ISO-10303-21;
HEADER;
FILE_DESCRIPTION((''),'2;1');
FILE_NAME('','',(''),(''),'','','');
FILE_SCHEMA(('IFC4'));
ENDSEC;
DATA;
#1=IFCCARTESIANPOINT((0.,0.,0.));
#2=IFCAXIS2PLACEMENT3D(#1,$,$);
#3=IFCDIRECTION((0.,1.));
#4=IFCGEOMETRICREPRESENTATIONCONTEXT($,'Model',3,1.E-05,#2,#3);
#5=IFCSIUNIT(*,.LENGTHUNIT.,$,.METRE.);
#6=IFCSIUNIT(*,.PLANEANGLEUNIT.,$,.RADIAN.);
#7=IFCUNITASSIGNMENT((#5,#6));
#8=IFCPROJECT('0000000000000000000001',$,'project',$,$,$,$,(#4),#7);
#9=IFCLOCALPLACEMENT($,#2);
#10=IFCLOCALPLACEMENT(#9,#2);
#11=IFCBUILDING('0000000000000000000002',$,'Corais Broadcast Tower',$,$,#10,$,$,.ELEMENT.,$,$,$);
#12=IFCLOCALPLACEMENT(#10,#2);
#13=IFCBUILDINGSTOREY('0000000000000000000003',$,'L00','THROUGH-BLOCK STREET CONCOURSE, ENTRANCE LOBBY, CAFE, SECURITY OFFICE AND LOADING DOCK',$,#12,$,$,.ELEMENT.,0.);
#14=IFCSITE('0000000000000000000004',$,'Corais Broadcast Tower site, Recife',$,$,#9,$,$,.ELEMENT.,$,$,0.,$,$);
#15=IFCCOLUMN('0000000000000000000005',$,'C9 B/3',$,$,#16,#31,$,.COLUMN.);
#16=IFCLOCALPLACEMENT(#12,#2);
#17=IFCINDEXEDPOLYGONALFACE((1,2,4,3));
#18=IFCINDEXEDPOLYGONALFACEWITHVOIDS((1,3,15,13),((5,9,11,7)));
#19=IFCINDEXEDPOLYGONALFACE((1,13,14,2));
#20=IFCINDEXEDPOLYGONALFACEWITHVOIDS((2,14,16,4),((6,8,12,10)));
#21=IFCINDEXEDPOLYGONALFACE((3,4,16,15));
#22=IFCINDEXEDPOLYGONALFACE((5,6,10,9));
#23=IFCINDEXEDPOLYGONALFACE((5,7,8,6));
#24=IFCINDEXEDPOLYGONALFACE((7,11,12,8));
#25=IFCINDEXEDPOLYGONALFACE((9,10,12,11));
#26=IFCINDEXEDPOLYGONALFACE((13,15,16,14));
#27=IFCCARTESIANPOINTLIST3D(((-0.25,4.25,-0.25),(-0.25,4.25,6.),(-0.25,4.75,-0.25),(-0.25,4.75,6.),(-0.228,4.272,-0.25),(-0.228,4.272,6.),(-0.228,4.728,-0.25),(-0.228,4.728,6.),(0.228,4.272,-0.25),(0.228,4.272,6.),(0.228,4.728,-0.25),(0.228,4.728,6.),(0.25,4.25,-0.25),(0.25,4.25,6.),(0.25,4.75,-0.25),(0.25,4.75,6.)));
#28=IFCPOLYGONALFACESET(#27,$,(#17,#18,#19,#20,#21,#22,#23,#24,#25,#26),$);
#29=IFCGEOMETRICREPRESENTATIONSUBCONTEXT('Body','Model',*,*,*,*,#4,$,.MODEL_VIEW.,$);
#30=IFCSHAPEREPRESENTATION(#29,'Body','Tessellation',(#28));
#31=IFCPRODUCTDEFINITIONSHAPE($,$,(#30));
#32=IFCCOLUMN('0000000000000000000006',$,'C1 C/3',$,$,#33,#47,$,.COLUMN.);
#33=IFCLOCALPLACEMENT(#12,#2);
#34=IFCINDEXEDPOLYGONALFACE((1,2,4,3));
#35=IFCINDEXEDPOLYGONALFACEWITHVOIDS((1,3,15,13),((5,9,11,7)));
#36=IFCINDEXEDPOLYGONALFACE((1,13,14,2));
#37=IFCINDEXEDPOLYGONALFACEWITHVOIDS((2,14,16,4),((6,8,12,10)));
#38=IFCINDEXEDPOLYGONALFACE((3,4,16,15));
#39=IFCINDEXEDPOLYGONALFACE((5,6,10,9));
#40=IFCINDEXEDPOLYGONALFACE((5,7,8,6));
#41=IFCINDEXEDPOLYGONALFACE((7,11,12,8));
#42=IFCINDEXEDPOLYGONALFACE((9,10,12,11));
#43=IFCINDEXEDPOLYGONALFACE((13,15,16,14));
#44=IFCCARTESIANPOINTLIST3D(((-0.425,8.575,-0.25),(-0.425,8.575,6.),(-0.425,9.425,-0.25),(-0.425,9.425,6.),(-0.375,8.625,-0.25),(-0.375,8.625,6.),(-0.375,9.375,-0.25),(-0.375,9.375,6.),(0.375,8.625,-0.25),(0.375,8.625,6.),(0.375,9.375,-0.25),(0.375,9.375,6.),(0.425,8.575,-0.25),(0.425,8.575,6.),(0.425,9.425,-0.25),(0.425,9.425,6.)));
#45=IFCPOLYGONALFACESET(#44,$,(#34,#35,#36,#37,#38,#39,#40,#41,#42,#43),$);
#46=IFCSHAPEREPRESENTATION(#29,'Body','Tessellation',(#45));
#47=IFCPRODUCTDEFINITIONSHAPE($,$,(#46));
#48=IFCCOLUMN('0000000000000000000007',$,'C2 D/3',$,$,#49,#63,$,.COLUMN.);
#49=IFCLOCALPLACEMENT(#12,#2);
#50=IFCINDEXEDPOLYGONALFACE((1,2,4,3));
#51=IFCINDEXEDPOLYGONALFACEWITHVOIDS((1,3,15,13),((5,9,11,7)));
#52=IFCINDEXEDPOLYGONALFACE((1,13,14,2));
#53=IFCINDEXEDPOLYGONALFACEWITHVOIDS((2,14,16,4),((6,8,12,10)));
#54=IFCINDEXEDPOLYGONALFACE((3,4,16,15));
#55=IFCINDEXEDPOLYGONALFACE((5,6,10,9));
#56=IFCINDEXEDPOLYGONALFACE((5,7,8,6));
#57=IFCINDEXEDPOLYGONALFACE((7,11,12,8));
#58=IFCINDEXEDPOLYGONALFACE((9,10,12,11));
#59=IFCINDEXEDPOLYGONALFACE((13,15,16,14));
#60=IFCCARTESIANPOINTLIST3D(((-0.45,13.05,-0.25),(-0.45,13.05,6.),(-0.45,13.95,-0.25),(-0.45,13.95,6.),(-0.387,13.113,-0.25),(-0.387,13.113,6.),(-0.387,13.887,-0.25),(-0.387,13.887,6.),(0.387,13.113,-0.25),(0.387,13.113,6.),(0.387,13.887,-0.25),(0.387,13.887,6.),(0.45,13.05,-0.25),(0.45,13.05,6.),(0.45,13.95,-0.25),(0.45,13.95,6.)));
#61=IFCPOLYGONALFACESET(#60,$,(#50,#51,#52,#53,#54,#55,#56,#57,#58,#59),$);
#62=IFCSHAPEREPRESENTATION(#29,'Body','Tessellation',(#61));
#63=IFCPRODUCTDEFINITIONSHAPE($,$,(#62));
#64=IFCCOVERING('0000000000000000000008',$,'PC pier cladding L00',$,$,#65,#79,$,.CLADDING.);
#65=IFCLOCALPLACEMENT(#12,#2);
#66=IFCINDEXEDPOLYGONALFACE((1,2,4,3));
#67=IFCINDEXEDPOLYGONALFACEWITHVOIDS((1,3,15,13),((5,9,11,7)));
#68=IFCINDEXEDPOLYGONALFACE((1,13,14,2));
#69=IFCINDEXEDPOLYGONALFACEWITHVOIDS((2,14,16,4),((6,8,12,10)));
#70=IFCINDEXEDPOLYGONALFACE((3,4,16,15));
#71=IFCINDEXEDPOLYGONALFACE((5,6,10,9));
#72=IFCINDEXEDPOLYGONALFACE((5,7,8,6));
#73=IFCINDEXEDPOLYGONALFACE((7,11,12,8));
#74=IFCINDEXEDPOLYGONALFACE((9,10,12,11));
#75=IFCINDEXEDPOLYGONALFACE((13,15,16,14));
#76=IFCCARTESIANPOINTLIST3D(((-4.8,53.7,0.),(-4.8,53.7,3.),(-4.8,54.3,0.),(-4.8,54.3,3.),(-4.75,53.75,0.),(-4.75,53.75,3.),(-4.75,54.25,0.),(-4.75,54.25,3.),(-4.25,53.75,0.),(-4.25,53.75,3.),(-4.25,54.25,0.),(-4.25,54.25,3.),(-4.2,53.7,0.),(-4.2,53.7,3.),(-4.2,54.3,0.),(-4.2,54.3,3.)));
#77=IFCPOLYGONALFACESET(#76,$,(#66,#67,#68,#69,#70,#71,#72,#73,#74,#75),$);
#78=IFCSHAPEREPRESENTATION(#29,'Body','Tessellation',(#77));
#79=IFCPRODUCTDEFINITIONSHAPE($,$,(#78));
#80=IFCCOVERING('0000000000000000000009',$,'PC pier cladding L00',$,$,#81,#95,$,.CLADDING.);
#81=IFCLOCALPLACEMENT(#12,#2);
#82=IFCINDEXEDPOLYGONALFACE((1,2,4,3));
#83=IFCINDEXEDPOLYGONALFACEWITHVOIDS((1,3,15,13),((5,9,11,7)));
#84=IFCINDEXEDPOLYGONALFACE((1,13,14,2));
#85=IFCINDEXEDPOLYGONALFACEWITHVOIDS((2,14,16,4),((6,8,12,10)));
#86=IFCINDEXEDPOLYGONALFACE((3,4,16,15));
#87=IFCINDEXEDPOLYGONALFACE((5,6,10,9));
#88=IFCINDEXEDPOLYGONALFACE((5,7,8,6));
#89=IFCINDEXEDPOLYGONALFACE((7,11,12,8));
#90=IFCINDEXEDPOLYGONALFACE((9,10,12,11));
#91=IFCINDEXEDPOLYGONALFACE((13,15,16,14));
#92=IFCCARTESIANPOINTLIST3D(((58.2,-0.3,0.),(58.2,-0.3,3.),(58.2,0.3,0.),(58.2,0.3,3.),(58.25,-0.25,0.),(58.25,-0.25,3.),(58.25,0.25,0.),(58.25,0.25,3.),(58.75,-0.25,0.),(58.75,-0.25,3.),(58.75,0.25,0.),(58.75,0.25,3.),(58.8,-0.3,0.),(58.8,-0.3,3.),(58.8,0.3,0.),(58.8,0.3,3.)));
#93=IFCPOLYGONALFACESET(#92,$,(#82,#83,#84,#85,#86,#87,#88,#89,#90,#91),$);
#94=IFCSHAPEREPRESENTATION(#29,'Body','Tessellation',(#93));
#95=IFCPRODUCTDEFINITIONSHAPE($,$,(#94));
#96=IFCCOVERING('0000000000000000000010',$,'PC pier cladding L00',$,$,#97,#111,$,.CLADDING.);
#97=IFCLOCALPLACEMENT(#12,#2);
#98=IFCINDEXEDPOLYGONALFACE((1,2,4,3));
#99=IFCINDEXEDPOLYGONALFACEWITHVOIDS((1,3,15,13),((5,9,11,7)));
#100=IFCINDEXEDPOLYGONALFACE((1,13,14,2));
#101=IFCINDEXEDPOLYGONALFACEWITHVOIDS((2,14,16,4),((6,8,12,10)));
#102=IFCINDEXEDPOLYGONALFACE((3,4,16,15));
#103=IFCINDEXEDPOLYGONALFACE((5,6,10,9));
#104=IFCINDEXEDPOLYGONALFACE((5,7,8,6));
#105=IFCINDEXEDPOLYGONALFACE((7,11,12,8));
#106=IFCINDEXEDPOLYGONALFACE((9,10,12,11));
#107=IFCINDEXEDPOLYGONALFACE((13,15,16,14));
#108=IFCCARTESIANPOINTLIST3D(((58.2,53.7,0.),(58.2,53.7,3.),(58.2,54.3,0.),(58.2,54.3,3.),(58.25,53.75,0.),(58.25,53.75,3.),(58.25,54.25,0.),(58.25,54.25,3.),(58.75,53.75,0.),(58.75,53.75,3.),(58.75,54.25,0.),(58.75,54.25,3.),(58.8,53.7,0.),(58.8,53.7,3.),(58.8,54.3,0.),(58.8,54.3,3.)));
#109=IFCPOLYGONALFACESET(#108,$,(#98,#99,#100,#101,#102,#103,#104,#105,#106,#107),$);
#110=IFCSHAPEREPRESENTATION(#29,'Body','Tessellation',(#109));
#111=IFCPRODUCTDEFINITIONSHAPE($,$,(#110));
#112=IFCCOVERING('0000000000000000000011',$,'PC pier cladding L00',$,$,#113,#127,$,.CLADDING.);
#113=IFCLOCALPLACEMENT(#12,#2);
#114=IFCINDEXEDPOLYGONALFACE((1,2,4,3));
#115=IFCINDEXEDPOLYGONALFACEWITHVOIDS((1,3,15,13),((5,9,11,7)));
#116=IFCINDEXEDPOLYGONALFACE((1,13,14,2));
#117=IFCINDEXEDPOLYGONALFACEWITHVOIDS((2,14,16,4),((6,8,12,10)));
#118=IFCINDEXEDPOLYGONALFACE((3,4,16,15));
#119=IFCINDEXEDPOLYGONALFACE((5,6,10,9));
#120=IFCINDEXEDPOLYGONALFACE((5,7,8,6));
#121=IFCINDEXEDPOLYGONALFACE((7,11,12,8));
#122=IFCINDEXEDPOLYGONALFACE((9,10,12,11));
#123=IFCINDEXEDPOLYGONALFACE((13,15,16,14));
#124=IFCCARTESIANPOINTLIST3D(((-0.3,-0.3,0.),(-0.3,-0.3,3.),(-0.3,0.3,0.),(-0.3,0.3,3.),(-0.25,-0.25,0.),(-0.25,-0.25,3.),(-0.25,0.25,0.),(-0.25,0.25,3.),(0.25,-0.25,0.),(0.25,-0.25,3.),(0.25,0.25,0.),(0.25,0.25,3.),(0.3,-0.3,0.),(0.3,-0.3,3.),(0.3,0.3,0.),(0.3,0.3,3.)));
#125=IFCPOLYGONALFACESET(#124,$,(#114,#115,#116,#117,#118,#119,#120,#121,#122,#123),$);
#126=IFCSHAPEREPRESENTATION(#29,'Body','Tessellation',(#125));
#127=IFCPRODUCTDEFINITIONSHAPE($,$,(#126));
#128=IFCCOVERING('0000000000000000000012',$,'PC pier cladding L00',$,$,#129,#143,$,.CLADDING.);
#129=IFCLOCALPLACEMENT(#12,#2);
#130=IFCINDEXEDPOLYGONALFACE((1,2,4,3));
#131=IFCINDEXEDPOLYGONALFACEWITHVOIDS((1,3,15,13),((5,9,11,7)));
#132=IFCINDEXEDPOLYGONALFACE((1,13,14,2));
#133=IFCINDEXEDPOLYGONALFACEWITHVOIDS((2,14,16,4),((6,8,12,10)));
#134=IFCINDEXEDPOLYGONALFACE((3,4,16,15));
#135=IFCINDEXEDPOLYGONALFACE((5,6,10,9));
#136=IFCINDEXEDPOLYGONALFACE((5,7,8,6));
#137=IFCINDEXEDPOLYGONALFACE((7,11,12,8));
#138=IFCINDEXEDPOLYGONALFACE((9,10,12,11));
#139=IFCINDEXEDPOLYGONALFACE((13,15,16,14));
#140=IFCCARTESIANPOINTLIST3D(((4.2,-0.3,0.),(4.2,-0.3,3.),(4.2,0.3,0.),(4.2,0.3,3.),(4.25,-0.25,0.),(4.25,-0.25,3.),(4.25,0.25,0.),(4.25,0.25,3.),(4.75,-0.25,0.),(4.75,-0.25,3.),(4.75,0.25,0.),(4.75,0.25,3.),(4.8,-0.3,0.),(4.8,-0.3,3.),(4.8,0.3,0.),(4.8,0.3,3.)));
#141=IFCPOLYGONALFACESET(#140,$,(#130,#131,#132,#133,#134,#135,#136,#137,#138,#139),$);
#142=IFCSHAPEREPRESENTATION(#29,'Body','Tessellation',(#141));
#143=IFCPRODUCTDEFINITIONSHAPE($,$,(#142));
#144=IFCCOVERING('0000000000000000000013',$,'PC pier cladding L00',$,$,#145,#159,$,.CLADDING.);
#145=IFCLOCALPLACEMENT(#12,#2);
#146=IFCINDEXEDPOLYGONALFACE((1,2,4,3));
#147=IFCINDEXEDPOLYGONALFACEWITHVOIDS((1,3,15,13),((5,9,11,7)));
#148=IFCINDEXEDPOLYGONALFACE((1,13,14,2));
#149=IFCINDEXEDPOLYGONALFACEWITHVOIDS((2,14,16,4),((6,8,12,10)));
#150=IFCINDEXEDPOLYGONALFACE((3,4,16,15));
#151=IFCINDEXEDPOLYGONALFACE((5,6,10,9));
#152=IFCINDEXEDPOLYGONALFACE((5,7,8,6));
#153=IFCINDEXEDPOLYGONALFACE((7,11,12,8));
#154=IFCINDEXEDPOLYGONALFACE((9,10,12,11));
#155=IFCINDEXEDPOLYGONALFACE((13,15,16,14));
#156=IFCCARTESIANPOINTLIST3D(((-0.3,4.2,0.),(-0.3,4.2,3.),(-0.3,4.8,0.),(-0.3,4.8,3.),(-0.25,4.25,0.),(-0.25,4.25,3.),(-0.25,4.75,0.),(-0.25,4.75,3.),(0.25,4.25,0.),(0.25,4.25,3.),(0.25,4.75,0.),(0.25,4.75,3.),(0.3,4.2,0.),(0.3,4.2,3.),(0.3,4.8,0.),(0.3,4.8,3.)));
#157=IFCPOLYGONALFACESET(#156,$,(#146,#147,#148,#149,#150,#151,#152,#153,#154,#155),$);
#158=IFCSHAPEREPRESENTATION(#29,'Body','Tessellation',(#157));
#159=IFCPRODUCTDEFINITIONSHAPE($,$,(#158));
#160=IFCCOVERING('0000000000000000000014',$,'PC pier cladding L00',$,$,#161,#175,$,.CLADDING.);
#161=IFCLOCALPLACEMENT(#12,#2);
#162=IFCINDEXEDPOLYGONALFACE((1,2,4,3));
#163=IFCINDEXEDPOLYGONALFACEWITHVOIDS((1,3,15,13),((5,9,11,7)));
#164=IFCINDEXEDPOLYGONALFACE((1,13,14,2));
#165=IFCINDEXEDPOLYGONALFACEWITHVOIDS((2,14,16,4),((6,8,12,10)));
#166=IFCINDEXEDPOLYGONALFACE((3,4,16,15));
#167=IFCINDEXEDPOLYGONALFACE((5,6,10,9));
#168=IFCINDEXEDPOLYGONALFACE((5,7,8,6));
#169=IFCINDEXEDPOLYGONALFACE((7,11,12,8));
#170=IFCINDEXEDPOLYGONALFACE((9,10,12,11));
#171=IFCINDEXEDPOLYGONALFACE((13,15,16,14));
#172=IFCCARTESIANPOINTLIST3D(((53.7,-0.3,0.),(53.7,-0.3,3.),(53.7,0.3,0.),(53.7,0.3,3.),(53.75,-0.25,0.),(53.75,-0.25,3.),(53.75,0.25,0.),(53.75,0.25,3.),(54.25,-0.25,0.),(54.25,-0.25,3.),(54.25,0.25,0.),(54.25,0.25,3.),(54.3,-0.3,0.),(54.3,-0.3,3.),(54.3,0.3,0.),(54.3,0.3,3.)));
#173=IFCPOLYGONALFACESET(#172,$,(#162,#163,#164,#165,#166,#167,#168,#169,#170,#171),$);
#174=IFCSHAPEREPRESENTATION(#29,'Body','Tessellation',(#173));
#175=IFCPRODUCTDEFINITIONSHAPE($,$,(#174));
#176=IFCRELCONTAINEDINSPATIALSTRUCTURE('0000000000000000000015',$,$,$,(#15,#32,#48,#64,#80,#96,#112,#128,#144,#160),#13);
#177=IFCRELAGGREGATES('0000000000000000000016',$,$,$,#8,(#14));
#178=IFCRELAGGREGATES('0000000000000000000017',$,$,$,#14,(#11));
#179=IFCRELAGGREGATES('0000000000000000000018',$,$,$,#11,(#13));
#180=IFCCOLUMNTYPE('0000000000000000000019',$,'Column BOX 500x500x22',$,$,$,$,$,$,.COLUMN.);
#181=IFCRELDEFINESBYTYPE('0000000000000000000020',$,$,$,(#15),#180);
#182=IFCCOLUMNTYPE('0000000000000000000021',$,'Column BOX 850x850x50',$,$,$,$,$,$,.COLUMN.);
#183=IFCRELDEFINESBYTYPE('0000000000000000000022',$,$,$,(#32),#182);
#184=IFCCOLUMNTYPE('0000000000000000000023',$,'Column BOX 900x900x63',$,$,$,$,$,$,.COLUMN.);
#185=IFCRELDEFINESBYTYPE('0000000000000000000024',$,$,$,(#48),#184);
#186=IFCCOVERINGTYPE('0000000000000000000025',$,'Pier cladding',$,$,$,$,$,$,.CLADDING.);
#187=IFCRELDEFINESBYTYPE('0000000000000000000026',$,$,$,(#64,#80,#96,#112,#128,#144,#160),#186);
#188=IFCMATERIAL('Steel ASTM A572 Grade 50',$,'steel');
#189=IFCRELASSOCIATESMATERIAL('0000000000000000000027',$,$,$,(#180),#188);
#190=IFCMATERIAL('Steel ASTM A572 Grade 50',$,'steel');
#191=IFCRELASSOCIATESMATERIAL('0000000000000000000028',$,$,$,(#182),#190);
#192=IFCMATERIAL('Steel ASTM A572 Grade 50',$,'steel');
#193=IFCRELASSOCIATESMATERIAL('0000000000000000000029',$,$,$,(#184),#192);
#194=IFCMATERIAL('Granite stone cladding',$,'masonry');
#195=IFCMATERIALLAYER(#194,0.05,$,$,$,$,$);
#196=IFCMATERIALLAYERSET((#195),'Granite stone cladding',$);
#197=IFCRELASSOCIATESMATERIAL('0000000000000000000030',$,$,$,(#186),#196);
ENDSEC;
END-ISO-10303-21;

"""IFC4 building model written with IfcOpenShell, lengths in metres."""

from ifc_helpers import new_model, si_unit, direction, frame, origin, origin_2d, place, context, subcontext, project, spatial, polyline, hollow_rectangle, outline, extrude, material, layer, layer_set, material_profile, profile_set, type_object, element, save


model = new_model("IFC4")

# Units and contexts
model_context = context("Model", 3, precision=1e-05, world=origin(), true_north=direction((0.0, 1.0)))
body_context = subcontext(model_context, "Body", "Model", "MODEL_VIEW")
ifc_project = project(units=[si_unit("LENGTHUNIT", "METRE"), si_unit("PLANEANGLEUNIT", "RADIAN")], contexts=[model_context])

# Site, building, storey
site_placement = place(None, origin())
site = spatial("IfcSite", under=ifc_project, at=site_placement, Name="Corais Broadcast Tower site, Recife", CompositionType="ELEMENT", RefElevation=0.0)
building_placement = place(site_placement, origin())
building = spatial("IfcBuilding", under=site, at=building_placement, Name="Corais Broadcast Tower", CompositionType="ELEMENT")
storey_placement = place(building_placement, origin())
storey = spatial("IfcBuildingStorey", under=building, at=storey_placement, Name="L00", Description="THROUGH-BLOCK STREET CONCOURSE, ENTRANCE LOBBY, CAFE, SECURITY OFFICE AND LOADING DOCK", CompositionType="ELEMENT", Elevation=0.0)

# Columns
ifc_material_1 = material(Name="Steel ASTM A572 Grade 50", Category="steel")
ifc_material_profile_1 = material_profile(ifc_material_1, hollow_rectangle(XDim=0.5, YDim=0.5, WallThickness=0.022, at=origin_2d()), Name="BOX 500x500x22")
ifc_profile_set_1 = profile_set([ifc_material_profile_1], Name="Steel ASTM A572 Grade 50")
column_type_1 = type_object("IfcColumnType", Name="Column BOX 500x500x22", PredefinedType="COLUMN", material=ifc_profile_set_1)
column_1_placement = place(storey_placement, frame((0.0, 4.5, -0.25), z_axis=(0.0, 0.0, 1.0), x_axis=(1.0, 0.0, 0.0)))
element("IfcColumn", 1, at=column_1_placement, inside=storey, type_object=column_type_1, Name="C9 B/3", PredefinedType="COLUMN", context=body_context, shape_type="SweptSolid", body=[
    extrude(hollow_rectangle(XDim=0.5, YDim=0.5, WallThickness=0.022, at=origin_2d()), origin(), (0.0, 0.0, 1.0), 6.25),
])
ifc_material_2 = material(Name="Steel ASTM A572 Grade 50", Category="steel")
ifc_material_profile_2 = material_profile(ifc_material_2, hollow_rectangle(XDim=0.8501, YDim=0.8501, WallThickness=0.05, at=origin_2d()), Name="BOX 850x850x50")
ifc_profile_set_2 = profile_set([ifc_material_profile_2], Name="Steel ASTM A572 Grade 50")
column_type_2 = type_object("IfcColumnType", Name="Column BOX 850x850x50", PredefinedType="COLUMN", material=ifc_profile_set_2)
column_2_placement = place(storey_placement, frame((0.0, 9.0, -0.25), z_axis=(0.0, 0.0, 1.0), x_axis=(1.0, 0.0, 0.0)))
element("IfcColumn", 2, at=column_2_placement, inside=storey, type_object=column_type_2, Name="C1 C/3", PredefinedType="COLUMN", context=body_context, shape_type="SweptSolid", body=[
    extrude(hollow_rectangle(XDim=0.8501, YDim=0.8501, WallThickness=0.05, at=origin_2d()), origin(), (0.0, 0.0, 1.0), 6.25),
])
ifc_material_3 = material(Name="Steel ASTM A572 Grade 50", Category="steel")
ifc_material_profile_3 = material_profile(ifc_material_3, hollow_rectangle(XDim=0.8999, YDim=0.8999, WallThickness=0.063, at=origin_2d()), Name="BOX 900x900x63")
ifc_profile_set_3 = profile_set([ifc_material_profile_3], Name="Steel ASTM A572 Grade 50")
column_type_3 = type_object("IfcColumnType", Name="Column BOX 900x900x63", PredefinedType="COLUMN", material=ifc_profile_set_3)
column_3_placement = place(storey_placement, frame((0.0, 13.5, -0.25), z_axis=(0.0, 0.0, 1.0), x_axis=(1.0, 0.0, 0.0)))
element("IfcColumn", 3, at=column_3_placement, inside=storey, type_object=column_type_3, Name="C2 D/3", PredefinedType="COLUMN", context=body_context, shape_type="SweptSolid", body=[
    extrude(hollow_rectangle(XDim=0.8999, YDim=0.8999, WallThickness=0.063, at=origin_2d()), origin(), (0.0, 0.0, 1.0), 6.25),
])

# Coverings
ifc_material_4 = material(Name="Granite stone cladding", Category="masonry")
ifc_layer = layer(ifc_material_4, 0.05)
ifc_layer_set = layer_set([ifc_layer], Name="Granite stone cladding")
covering_type = type_object("IfcCoveringType", Name="Pier cladding", PredefinedType="CLADDING", material=ifc_layer_set)
covering_1_placement = place(storey_placement, origin())
element("IfcCovering", 4, at=covering_1_placement, inside=storey, type_object=covering_type, Name="PC pier cladding L00", PredefinedType="CLADDING", context=body_context, shape_type="SweptSolid", body=[
    extrude(outline(polyline([(-4.8, 53.7), (-4.2, 53.7), (-4.2, 54.3), (-4.8, 54.3), (-4.8, 53.7)]), holes=[polyline([(-4.75, 53.75), (-4.25, 53.75), (-4.25, 54.25), (-4.75, 54.25), (-4.75, 53.75)])]), origin(), (0.0, 0.0, 1.0), 3.0),
])
covering_2_placement = place(storey_placement, origin())
element("IfcCovering", 5, at=covering_2_placement, inside=storey, type_object=covering_type, Name="PC pier cladding L00", PredefinedType="CLADDING", context=body_context, shape_type="SweptSolid", body=[
    extrude(outline(polyline([(58.2, -0.3), (58.8, -0.3), (58.8, 0.3), (58.2, 0.3), (58.2, -0.3)]), holes=[polyline([(58.25, -0.25), (58.75, -0.25), (58.75, 0.25), (58.25, 0.25), (58.25, -0.25)])]), origin(), (0.0, 0.0, 1.0), 3.0),
])
covering_3_placement = place(storey_placement, origin())
element("IfcCovering", 6, at=covering_3_placement, inside=storey, type_object=covering_type, Name="PC pier cladding L00", PredefinedType="CLADDING", context=body_context, shape_type="SweptSolid", body=[
    extrude(outline(polyline([(58.2, 53.7), (58.8, 53.7), (58.8, 54.3), (58.2, 54.3), (58.2, 53.7)]), holes=[polyline([(58.25, 53.75), (58.75, 53.75), (58.75, 54.25), (58.25, 54.25), (58.25, 53.75)])]), origin(), (0.0, 0.0, 1.0), 3.0),
])
covering_4_placement = place(storey_placement, origin())
element("IfcCovering", 7, at=covering_4_placement, inside=storey, type_object=covering_type, Name="PC pier cladding L00", PredefinedType="CLADDING", context=body_context, shape_type="SweptSolid", body=[
    extrude(outline(polyline([(-0.3, -0.3), (0.3, -0.3), (0.3, 0.3), (-0.3, 0.3), (-0.3, -0.3)]), holes=[polyline([(-0.25, -0.25), (0.25, -0.25), (0.25, 0.25), (-0.25, 0.25), (-0.25, -0.25)])]), origin(), (0.0, 0.0, 1.0), 3.0),
])
covering_5_placement = place(storey_placement, origin())
element("IfcCovering", 8, at=covering_5_placement, inside=storey, type_object=covering_type, Name="PC pier cladding L00", PredefinedType="CLADDING", context=body_context, shape_type="SweptSolid", body=[
    extrude(outline(polyline([(4.2, -0.3), (4.8, -0.3), (4.8, 0.3), (4.2, 0.3), (4.2, -0.3)]), holes=[polyline([(4.25, -0.25), (4.75, -0.25), (4.75, 0.25), (4.25, 0.25), (4.25, -0.25)])]), origin(), (0.0, 0.0, 1.0), 3.0),
])
covering_6_placement = place(storey_placement, origin())
element("IfcCovering", 9, at=covering_6_placement, inside=storey, type_object=covering_type, Name="PC pier cladding L00", PredefinedType="CLADDING", context=body_context, shape_type="SweptSolid", body=[
    extrude(outline(polyline([(-0.3, 4.2), (0.3, 4.2), (0.3, 4.8), (-0.3, 4.8), (-0.3, 4.2)]), holes=[polyline([(-0.25, 4.25), (0.25, 4.25), (0.25, 4.75), (-0.25, 4.75), (-0.25, 4.25)])]), origin(), (0.0, 0.0, 1.0), 3.0),
])
covering_7_placement = place(storey_placement, origin())
element("IfcCovering", 10, at=covering_7_placement, inside=storey, type_object=covering_type, Name="PC pier cladding L00", PredefinedType="CLADDING", context=body_context, shape_type="SweptSolid", body=[
    extrude(outline(polyline([(53.7, -0.3), (54.3, -0.3), (54.3, 0.3), (53.7, 0.3), (53.7, -0.3)]), holes=[polyline([(53.75, -0.25), (54.25, -0.25), (54.25, 0.25), (53.75, 0.25), (53.75, -0.25)])]), origin(), (0.0, 0.0, 1.0), 3.0),
])

save(model, "model.ifc")
